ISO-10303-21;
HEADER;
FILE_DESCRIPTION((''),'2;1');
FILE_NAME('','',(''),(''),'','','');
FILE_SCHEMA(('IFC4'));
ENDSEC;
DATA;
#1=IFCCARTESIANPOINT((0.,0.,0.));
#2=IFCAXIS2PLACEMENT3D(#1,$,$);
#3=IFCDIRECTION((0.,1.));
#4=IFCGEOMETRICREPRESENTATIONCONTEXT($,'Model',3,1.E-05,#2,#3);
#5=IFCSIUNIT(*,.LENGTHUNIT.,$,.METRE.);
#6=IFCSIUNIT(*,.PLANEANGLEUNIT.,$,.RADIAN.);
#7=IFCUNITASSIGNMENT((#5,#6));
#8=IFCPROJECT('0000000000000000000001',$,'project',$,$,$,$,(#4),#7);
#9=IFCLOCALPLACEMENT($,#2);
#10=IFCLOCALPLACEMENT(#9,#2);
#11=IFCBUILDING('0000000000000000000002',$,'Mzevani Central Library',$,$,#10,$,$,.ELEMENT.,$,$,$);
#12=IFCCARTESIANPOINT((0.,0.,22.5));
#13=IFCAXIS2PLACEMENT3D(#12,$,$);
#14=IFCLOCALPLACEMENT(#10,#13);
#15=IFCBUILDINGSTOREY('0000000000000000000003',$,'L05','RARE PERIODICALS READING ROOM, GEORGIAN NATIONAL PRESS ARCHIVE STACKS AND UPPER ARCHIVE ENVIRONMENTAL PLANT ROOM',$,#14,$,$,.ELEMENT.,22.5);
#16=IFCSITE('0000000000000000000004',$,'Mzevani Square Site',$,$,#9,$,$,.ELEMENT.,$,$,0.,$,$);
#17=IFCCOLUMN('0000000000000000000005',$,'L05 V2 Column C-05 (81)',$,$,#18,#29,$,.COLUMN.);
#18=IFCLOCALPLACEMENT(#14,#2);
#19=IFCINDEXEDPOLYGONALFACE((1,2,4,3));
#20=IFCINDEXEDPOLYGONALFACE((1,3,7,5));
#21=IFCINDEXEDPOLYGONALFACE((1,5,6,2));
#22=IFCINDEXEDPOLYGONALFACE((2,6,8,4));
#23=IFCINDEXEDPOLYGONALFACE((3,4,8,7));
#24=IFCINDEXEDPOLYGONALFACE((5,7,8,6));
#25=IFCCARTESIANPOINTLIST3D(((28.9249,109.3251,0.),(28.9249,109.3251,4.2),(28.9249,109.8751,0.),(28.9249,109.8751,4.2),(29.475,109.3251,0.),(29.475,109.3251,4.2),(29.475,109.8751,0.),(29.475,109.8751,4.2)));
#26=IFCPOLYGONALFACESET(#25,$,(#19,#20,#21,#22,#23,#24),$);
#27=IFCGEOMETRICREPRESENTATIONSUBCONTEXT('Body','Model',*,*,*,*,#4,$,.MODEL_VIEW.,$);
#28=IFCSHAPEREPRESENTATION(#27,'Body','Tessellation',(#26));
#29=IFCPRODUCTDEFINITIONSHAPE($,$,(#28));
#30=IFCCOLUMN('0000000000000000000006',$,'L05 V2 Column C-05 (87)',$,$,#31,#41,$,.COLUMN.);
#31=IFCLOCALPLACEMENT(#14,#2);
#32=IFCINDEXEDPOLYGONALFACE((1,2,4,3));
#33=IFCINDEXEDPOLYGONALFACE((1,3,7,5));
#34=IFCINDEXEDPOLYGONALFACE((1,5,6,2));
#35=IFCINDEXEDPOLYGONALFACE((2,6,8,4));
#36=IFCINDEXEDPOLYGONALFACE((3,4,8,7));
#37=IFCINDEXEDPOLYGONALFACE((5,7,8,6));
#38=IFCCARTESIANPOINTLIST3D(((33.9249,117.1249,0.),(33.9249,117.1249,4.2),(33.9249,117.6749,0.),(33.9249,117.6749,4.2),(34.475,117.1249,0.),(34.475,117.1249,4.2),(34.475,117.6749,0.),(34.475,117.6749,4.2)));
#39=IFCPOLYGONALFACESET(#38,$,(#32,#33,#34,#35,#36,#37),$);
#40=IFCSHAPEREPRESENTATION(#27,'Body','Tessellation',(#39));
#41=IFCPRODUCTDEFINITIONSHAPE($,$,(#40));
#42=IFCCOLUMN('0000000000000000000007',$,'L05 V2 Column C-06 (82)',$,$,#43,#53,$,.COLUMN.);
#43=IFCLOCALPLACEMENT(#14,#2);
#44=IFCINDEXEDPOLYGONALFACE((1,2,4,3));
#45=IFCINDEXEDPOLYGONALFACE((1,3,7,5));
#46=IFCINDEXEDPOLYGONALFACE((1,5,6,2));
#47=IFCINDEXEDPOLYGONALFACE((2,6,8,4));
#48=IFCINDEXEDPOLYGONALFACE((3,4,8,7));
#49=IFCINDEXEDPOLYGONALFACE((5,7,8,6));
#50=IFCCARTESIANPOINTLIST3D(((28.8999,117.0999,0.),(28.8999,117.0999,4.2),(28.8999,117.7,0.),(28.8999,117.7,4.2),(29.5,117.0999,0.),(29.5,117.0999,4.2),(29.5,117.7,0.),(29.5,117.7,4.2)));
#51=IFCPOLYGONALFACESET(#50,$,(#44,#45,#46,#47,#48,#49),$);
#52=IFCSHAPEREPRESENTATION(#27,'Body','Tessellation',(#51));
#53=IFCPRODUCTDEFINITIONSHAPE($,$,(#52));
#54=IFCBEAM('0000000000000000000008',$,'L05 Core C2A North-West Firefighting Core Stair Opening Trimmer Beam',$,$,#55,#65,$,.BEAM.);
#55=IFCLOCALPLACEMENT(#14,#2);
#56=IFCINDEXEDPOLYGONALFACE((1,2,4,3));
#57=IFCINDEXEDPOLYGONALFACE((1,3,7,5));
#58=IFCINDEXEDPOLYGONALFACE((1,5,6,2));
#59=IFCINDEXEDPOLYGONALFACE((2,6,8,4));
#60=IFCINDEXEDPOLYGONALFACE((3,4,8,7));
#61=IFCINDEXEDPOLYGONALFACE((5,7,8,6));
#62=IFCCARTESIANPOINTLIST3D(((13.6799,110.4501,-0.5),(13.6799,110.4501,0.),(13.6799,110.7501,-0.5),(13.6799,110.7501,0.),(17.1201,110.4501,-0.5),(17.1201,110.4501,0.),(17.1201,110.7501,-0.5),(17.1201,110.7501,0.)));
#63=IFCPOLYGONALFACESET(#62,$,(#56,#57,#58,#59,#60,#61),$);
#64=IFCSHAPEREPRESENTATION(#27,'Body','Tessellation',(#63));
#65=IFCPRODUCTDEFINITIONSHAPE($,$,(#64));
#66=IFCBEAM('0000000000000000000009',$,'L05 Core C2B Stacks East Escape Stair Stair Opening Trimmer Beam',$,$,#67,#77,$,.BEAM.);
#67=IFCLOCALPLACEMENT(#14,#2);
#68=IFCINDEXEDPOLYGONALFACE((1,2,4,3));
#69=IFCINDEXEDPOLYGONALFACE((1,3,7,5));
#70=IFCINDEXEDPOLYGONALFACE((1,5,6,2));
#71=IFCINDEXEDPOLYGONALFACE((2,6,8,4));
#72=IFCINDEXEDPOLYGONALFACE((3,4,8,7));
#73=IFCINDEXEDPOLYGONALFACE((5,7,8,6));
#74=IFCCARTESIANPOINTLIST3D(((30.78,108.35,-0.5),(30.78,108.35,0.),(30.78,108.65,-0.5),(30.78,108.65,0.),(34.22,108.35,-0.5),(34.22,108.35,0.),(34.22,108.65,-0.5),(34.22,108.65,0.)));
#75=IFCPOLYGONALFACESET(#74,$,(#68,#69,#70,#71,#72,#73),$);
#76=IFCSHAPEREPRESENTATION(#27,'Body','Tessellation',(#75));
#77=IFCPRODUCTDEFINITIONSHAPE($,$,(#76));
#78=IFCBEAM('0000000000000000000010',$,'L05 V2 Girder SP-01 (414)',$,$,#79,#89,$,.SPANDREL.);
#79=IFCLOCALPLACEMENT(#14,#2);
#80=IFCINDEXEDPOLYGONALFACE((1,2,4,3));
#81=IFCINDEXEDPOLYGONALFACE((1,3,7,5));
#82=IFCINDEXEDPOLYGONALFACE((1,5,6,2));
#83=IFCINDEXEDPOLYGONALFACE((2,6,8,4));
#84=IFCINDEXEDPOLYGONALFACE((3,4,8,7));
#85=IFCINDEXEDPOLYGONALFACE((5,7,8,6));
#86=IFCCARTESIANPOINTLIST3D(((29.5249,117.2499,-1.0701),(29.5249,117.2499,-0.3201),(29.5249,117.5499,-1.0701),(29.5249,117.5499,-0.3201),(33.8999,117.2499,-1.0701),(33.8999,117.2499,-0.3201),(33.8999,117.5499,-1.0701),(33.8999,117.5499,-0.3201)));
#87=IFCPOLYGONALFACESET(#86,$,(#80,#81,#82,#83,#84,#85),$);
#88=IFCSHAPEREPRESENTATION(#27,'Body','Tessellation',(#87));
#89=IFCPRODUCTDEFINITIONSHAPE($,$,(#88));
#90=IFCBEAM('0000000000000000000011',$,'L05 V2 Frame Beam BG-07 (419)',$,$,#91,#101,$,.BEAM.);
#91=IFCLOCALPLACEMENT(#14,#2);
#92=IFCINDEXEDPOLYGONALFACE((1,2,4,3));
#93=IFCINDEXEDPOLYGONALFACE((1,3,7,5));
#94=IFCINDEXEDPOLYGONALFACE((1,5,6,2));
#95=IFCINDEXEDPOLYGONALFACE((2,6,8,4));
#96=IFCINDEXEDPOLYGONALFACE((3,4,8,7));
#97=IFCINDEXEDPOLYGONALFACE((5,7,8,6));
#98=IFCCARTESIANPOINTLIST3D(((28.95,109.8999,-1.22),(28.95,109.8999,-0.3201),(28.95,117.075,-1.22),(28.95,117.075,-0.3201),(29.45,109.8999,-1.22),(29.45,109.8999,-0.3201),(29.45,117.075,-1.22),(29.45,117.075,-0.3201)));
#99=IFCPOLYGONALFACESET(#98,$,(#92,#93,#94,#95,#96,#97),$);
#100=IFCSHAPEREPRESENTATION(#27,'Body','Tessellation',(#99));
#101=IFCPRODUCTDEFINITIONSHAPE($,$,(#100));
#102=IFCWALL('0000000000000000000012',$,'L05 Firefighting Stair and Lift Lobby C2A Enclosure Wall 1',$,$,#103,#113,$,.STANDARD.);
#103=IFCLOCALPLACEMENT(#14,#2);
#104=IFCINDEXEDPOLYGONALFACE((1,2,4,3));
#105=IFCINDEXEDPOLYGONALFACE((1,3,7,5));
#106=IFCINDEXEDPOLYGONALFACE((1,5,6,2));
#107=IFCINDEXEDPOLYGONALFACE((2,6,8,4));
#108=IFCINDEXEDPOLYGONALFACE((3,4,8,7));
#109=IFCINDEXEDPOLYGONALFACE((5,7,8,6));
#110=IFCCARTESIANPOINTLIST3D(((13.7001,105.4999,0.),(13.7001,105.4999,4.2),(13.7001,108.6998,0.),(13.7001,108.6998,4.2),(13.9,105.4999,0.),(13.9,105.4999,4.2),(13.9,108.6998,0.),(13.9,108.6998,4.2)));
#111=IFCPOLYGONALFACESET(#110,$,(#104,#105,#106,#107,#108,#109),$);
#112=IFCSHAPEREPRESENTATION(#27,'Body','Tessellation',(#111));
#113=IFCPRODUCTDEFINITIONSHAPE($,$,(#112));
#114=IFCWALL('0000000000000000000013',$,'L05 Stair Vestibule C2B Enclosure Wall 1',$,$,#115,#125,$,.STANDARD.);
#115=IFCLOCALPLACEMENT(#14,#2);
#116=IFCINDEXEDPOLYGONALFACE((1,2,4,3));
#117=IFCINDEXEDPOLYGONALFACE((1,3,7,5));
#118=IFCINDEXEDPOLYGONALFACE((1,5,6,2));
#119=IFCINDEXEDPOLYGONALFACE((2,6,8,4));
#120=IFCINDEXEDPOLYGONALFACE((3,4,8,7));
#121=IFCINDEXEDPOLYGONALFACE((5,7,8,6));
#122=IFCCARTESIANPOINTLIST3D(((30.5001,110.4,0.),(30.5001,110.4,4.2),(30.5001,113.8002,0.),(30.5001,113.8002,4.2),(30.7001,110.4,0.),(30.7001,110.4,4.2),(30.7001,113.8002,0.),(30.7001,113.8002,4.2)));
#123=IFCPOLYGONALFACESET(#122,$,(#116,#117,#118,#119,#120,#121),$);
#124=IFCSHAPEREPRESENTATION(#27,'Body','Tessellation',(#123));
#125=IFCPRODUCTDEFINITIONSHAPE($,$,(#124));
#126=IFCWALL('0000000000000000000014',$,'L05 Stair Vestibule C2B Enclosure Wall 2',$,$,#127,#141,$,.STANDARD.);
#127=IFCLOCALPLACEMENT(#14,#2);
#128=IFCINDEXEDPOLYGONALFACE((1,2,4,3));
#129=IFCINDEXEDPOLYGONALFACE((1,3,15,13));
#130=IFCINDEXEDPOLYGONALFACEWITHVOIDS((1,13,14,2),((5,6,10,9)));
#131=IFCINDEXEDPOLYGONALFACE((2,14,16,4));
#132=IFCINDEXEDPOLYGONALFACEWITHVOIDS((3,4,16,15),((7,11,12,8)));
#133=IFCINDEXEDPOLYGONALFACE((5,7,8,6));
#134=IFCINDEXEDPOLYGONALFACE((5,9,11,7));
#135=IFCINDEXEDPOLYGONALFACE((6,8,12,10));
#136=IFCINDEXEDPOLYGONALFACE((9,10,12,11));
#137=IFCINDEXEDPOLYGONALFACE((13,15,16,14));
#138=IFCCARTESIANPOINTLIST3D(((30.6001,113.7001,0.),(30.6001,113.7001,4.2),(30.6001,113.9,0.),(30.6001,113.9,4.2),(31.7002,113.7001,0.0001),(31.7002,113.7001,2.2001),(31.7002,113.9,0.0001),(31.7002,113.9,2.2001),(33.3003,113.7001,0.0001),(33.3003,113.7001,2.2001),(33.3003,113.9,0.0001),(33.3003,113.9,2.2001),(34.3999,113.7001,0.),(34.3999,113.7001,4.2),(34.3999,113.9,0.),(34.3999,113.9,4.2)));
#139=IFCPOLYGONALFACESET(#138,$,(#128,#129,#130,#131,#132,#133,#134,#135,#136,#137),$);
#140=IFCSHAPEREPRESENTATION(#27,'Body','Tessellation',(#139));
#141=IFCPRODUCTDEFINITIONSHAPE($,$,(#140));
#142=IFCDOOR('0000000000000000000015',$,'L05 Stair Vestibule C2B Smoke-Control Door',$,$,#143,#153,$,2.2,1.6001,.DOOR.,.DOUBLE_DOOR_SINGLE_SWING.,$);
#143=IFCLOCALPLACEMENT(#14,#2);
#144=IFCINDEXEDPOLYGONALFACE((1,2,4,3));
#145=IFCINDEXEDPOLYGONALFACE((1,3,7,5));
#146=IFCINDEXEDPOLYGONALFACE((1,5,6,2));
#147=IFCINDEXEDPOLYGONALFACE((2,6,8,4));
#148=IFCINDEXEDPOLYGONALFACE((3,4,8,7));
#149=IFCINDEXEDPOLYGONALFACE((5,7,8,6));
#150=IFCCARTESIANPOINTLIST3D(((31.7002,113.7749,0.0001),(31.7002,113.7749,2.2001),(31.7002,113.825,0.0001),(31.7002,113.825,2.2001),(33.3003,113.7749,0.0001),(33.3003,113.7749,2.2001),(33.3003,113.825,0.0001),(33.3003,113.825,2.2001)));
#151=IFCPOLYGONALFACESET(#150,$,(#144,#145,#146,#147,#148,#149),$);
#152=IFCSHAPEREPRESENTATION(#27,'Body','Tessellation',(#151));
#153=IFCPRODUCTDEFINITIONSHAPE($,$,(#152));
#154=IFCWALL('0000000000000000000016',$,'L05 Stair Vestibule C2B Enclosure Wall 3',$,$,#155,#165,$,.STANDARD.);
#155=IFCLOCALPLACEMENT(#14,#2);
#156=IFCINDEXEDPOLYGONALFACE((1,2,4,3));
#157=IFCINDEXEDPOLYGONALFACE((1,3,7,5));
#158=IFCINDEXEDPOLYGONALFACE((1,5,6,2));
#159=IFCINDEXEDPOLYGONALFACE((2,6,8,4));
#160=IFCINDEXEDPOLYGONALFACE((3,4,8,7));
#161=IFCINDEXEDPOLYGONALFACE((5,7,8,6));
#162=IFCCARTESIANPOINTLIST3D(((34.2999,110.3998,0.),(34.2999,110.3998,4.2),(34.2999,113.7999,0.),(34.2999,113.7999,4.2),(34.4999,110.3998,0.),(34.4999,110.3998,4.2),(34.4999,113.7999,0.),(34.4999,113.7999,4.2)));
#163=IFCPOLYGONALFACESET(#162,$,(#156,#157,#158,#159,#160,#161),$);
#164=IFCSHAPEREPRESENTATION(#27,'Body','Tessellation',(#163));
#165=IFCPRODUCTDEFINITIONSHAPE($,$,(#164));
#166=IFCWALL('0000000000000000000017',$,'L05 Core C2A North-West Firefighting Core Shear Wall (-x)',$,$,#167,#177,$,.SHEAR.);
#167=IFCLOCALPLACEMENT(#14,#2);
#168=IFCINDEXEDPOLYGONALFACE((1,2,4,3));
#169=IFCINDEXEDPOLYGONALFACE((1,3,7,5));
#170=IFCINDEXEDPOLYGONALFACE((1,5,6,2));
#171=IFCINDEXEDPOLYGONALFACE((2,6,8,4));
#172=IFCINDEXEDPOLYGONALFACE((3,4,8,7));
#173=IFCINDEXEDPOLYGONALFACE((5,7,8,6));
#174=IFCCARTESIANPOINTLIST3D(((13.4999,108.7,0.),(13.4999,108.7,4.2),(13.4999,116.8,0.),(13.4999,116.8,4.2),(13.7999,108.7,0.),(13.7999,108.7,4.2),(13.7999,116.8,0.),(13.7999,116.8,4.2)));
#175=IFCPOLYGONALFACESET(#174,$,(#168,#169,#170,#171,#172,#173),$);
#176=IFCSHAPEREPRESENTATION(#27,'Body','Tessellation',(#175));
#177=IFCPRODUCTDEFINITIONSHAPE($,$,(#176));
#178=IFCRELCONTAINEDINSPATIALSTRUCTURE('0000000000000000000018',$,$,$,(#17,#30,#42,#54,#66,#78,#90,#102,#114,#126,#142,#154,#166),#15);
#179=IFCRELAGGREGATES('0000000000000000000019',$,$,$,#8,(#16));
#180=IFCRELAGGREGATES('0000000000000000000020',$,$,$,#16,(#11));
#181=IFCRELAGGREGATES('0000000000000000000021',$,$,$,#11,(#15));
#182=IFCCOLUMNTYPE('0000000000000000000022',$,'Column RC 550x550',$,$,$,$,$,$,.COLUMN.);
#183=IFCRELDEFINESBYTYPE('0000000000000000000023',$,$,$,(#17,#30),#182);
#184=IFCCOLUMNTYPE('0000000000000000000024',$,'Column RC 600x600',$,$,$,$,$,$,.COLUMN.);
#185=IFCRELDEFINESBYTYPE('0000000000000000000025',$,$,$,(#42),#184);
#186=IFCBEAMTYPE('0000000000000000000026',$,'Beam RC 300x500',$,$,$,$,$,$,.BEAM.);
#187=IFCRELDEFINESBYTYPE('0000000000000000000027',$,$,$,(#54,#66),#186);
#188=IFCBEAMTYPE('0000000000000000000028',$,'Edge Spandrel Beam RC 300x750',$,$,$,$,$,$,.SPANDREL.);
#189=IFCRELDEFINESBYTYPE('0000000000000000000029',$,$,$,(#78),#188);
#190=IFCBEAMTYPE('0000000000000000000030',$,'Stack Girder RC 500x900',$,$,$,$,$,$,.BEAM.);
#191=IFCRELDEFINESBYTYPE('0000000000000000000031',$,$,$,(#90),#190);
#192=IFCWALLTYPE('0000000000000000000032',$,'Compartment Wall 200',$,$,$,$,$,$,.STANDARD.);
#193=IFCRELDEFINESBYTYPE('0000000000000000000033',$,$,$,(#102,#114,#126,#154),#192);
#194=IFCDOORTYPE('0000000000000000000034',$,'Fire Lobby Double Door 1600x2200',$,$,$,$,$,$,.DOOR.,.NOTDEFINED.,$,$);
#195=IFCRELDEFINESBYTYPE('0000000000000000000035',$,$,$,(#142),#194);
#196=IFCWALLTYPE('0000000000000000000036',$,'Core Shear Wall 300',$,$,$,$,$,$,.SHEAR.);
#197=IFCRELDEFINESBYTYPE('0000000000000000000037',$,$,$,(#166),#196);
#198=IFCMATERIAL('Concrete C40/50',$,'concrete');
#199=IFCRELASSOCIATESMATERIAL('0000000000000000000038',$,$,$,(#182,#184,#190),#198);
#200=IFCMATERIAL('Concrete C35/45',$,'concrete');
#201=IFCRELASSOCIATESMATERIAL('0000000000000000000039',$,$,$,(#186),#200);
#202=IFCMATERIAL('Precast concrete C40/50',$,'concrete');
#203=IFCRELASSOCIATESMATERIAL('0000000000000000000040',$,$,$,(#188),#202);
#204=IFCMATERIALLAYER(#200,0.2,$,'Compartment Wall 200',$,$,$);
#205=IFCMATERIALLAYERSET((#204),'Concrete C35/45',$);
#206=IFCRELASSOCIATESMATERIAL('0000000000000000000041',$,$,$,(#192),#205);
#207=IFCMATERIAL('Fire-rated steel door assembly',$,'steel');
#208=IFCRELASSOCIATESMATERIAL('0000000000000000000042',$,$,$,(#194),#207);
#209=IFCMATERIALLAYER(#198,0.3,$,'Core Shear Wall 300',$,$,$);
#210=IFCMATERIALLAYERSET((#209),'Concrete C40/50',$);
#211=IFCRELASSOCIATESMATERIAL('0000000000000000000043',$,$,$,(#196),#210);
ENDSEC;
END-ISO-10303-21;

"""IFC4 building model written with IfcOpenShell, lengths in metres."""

from ifc_helpers import new_model, si_unit, direction, frame, frame_2d, origin, origin_2d, place, context, subcontext, project, spatial, rectangle, extrude, material, layer, layer_set, material_profile, profile_set, type_object, element, fill, save


model = new_model("IFC4")

# Units and contexts
model_context = context("Model", 3, precision=1e-05, world=origin(), true_north=direction((0.0, 1.0)))
body_context = subcontext(model_context, "Body", "Model", "MODEL_VIEW")
ifc_project = project(units=[si_unit("LENGTHUNIT", "METRE"), si_unit("PLANEANGLEUNIT", "RADIAN")], contexts=[model_context])

# Site, building, storey
site_placement = place(None, origin())
site = spatial("IfcSite", under=ifc_project, at=site_placement, Name="Mzevani Square Site", CompositionType="ELEMENT", RefElevation=0.0)
building_placement = place(site_placement, origin())
building = spatial("IfcBuilding", under=site, at=building_placement, Name="Mzevani Central Library", CompositionType="ELEMENT")
storey_placement = place(building_placement, frame((0.0, 0.0, 22.5)))
storey = spatial("IfcBuildingStorey", under=building, at=storey_placement, Name="L05", Description="RARE PERIODICALS READING ROOM, GEORGIAN NATIONAL PRESS ARCHIVE STACKS AND UPPER ARCHIVE ENVIRONMENTAL PLANT ROOM", CompositionType="ELEMENT", Elevation=22.5)

# Columns
ifc_material_1 = material(Name="Concrete C40/50", Category="concrete")
ifc_material_profile_1 = material_profile(ifc_material_1, rectangle(XDim=0.55, YDim=0.55, at=origin_2d()), Name="RC 550x550")
ifc_profile_set_1 = profile_set([ifc_material_profile_1], Name="Concrete C40/50")
column_type_1 = type_object("IfcColumnType", Name="Column RC 550x550", PredefinedType="COLUMN", material=ifc_profile_set_1)
for number, where, z_axis, x_axis, name in (
    (1, (29.2, 109.6001, 0.0), (0.0, 0.0, 1.0), (1.0, 0.0, 0.0), "L05 V2 Column C-05 (81)"),
    (2, (34.2, 117.3999, 0.0), (0.0, 0.0, 1.0), (1.0, 0.0, 0.0), "L05 V2 Column C-05 (87)"),
):
    element("IfcColumn", number, at=place(storey_placement, frame(where, z_axis=z_axis, x_axis=x_axis)), inside=storey, type_object=column_type_1, Name=name, PredefinedType="COLUMN", context=body_context, shape_type="SweptSolid", body=[
        extrude(rectangle(XDim=0.55, YDim=0.55, at=origin_2d()), origin(), (0.0, 0.0, 1.0), 4.2),
    ])
ifc_material_profile_2 = material_profile(ifc_material_1, rectangle(XDim=0.6001, YDim=0.6001, at=origin_2d()), Name="RC 600x600")
ifc_profile_set_2 = profile_set([ifc_material_profile_2], Name="Concrete C40/50")
column_type_2 = type_object("IfcColumnType", Name="Column RC 600x600", PredefinedType="COLUMN", material=ifc_profile_set_2)
column_placement = place(storey_placement, frame((29.2, 117.3999, 0.0), z_axis=(0.0, 0.0, 1.0), x_axis=(1.0, 0.0, 0.0)))
element("IfcColumn", 3, at=column_placement, inside=storey, type_object=column_type_2, Name="L05 V2 Column C-06 (82)", PredefinedType="COLUMN", context=body_context, shape_type="SweptSolid", body=[
    extrude(rectangle(XDim=0.6001, YDim=0.6001, at=origin_2d()), origin(), (0.0, 0.0, 1.0), 4.2),
])

# Beams
ifc_material_2 = material(Name="Concrete C35/45", Category="concrete")
ifc_material_profile_3 = material_profile(ifc_material_2, rectangle(XDim=0.3, YDim=0.5, at=origin_2d()), Name="RC B300x500")
ifc_profile_set_3 = profile_set([ifc_material_profile_3], Name="Concrete C35/45")
beam_type_1 = type_object("IfcBeamType", Name="Beam RC 300x500", PredefinedType="BEAM", material=ifc_profile_set_3)
beam_1_placement = place(storey_placement, frame((13.6799, 110.6001, -0.25), z_axis=(1.0, 0.0, 0.0), x_axis=(0.0, 1.0, 0.0)))
element("IfcBeam", 4, at=beam_1_placement, inside=storey, type_object=beam_type_1, Name="L05 Core C2A North-West Firefighting Core Stair Opening Trimmer Beam", PredefinedType="BEAM", context=body_context, shape_type="SweptSolid", body=[
    extrude(rectangle(XDim=0.3, YDim=0.5, at=origin_2d()), origin(), (0.0, 0.0, 1.0), 3.4402),
])
beam_2_placement = place(storey_placement, frame((30.78, 108.5, -0.25), z_axis=(1.0, 0.0, 0.0), x_axis=(0.0, 1.0, 0.0)))
element("IfcBeam", 5, at=beam_2_placement, inside=storey, type_object=beam_type_1, Name="L05 Core C2B Stacks East Escape Stair Stair Opening Trimmer Beam", PredefinedType="BEAM", context=body_context, shape_type="SweptSolid", body=[
    extrude(rectangle(XDim=0.3, YDim=0.5, at=origin_2d()), origin(), (0.0, 0.0, 1.0), 3.4399),
])
ifc_material_3 = material(Name="Precast concrete C40/50", Category="concrete")
ifc_material_profile_4 = material_profile(ifc_material_3, rectangle(XDim=0.3, YDim=0.75, at=origin_2d()), Name="RC SP300x750")
ifc_profile_set_4 = profile_set([ifc_material_profile_4], Name="Precast concrete C40/50")
beam_type_2 = type_object("IfcBeamType", Name="Edge Spandrel Beam RC 300x750", PredefinedType="SPANDREL", material=ifc_profile_set_4)
beam_3_placement = place(storey_placement, frame((29.5249, 117.3999, -0.6951), z_axis=(1.0, 0.0, 0.0), x_axis=(0.0, 1.0, 0.0)))
element("IfcBeam", 6, at=beam_3_placement, inside=storey, type_object=beam_type_2, Name="L05 V2 Girder SP-01 (414)", PredefinedType="SPANDREL", context=body_context, shape_type="SweptSolid", body=[
    extrude(rectangle(XDim=0.3, YDim=0.75, at=origin_2d()), origin(), (0.0, 0.0, 1.0), 4.375),
])
ifc_material_profile_5 = material_profile(ifc_material_1, rectangle(XDim=0.5, YDim=0.8999, at=origin_2d()), Name="RC B500x900")
ifc_profile_set_5 = profile_set([ifc_material_profile_5], Name="Concrete C40/50")
beam_type_3 = type_object("IfcBeamType", Name="Stack Girder RC 500x900", PredefinedType="BEAM", material=ifc_profile_set_5)
beam_4_placement = place(storey_placement, frame((29.2, 109.8999, -0.77), z_axis=(0.0, 1.0, 0.0), x_axis=(-1.0, 0.0, 0.0)))
element("IfcBeam", 7, at=beam_4_placement, inside=storey, type_object=beam_type_3, Name="L05 V2 Frame Beam BG-07 (419)", PredefinedType="BEAM", context=body_context, shape_type="SweptSolid", body=[
    extrude(rectangle(XDim=0.5, YDim=0.8999, at=origin_2d()), origin(), (0.0, 0.0, 1.0), 7.175),
])

# Walls
ifc_layer_1 = layer(ifc_material_2, 0.2, Name="Compartment Wall 200")
ifc_layer_set_1 = layer_set([ifc_layer_1], Name="Concrete C35/45")
wall_type_1 = type_object("IfcWallType", Name="Compartment Wall 200", PredefinedType="STANDARD", material=ifc_layer_set_1)
wall_1_placement = place(storey_placement, frame((13.8, 108.7, 0.0), z_axis=(0.0, 0.0, 1.0), x_axis=(0.0, -1.0, 0.0)))
element("IfcWall", 8, at=wall_1_placement, inside=storey, type_object=wall_type_1, Name="L05 Firefighting Stair and Lift Lobby C2A Enclosure Wall 1", PredefinedType="STANDARD", context=body_context, shape_type="SweptSolid", body=[
    extrude(rectangle(XDim=3.2, YDim=0.2, at=frame_2d((1.6001, 0.0))), origin(), (0.0, 0.0, 1.0), 4.2),
])
wall_2_placement = place(storey_placement, frame((30.6001, 110.3999, 0.0), z_axis=(0.0, 0.0, 1.0), x_axis=(0.0, 1.0, 0.0)))
element("IfcWall", 9, at=wall_2_placement, inside=storey, type_object=wall_type_1, Name="L05 Stair Vestibule C2B Enclosure Wall 1", PredefinedType="STANDARD", context=body_context, shape_type="SweptSolid", body=[
    extrude(rectangle(XDim=3.4001, YDim=0.2, at=frame_2d((1.7002, 0.0))), origin(), (0.0, 0.0, 1.0), 4.2),
])

# Wall, opening, door
wall_3_placement = place(storey_placement, frame((30.6001, 113.8, 0.0), z_axis=(0.0, 0.0, 1.0), x_axis=(1.0, 0.0, 0.0)))
wall_3 = element("IfcWall", 10, at=wall_3_placement, inside=storey, type_object=wall_type_1, Name="L05 Stair Vestibule C2B Enclosure Wall 2", PredefinedType="STANDARD", context=body_context, shape_type="SweptSolid", body=[
    extrude(rectangle(XDim=3.7998, YDim=0.2, at=frame_2d((1.8999, 0.0))), origin(), (0.0, 0.0, 1.0), 4.2),
])
opening_1_placement = place(wall_3_placement, frame((1.1001, 0.0, 0.0)))
opening_1 = element("IfcOpeningElement", 11, at=opening_1_placement, cuts=wall_3, PredefinedType="OPENING", context=body_context, shape_type="SweptSolid", body=[
    extrude(rectangle(XDim=1.6001, YDim=2.2, at=frame_2d((0.8, 1.1001))), frame((0.0, 0.1099, 0.0), z_axis=(0.0, -1.0, 0.0), x_axis=(1.0, 0.0, 0.0)), (0.0, 0.0, 1.0), 0.22),
])
ifc_material_4 = material(Name="Fire-rated steel door assembly", Category="steel")
door_type_1 = type_object("IfcDoorType", Name="Fire Lobby Double Door 1600x2200", OperationType="NOTDEFINED", PredefinedType="DOOR", material=ifc_material_4)
door_1_placement = place(opening_1_placement, origin())
door_1 = element("IfcDoor", 12, at=door_1_placement, inside=storey, type_object=door_type_1, Name="L05 Stair Vestibule C2B Smoke-Control Door", OperationType="DOUBLE_DOOR_SINGLE_SWING", OverallHeight=2.2, OverallWidth=1.6001, PredefinedType="DOOR", context=body_context, shape_type="SweptSolid", body=[
    extrude(rectangle(XDim=1.6001, YDim=2.2, at=frame_2d((0.8, 1.1001))), frame((0.0, 0.0249, 0.0), z_axis=(0.0, -1.0, 0.0), x_axis=(1.0, 0.0, 0.0)), (0.0, 0.0, 1.0), 0.05),
])
fill(opening_1, door_1)

# Wall
wall_4_placement = place(storey_placement, frame((34.3999, 113.8, 0.0), z_axis=(0.0, 0.0, 1.0), x_axis=(0.0, -1.0, 0.0)))
element("IfcWall", 13, at=wall_4_placement, inside=storey, type_object=wall_type_1, Name="L05 Stair Vestibule C2B Enclosure Wall 3", PredefinedType="STANDARD", context=body_context, shape_type="SweptSolid", body=[
    extrude(rectangle(XDim=3.4001, YDim=0.2, at=frame_2d((1.7002, 0.0))), origin(), (0.0, 0.0, 1.0), 4.2),
])

# Shared definitions
ifc_layer_2 = layer(ifc_material_1, 0.3, Name="Core Shear Wall 300")
ifc_layer_set_2 = layer_set([ifc_layer_2], Name="Concrete C40/50")
wall_type_2 = type_object("IfcWallType", Name="Core Shear Wall 300", PredefinedType="SHEAR", material=ifc_layer_set_2)

# Wall
wall_5_placement = place(storey_placement, frame((13.6499, 108.7, 0.0), z_axis=(0.0, 0.0, 1.0), x_axis=(0.0, 1.0, 0.0)))
element("IfcWall", 14, at=wall_5_placement, inside=storey, type_object=wall_type_2, Name="L05 Core C2A North-West Firefighting Core Shear Wall (-x)", PredefinedType="SHEAR", context=body_context, shape_type="SweptSolid", body=[
    extrude(rectangle(XDim=8.1001, YDim=0.3, at=frame_2d((4.05, 0.0))), origin(), (0.0, 0.0, 1.0), 4.2),
])

save(model, "model.ifc")
